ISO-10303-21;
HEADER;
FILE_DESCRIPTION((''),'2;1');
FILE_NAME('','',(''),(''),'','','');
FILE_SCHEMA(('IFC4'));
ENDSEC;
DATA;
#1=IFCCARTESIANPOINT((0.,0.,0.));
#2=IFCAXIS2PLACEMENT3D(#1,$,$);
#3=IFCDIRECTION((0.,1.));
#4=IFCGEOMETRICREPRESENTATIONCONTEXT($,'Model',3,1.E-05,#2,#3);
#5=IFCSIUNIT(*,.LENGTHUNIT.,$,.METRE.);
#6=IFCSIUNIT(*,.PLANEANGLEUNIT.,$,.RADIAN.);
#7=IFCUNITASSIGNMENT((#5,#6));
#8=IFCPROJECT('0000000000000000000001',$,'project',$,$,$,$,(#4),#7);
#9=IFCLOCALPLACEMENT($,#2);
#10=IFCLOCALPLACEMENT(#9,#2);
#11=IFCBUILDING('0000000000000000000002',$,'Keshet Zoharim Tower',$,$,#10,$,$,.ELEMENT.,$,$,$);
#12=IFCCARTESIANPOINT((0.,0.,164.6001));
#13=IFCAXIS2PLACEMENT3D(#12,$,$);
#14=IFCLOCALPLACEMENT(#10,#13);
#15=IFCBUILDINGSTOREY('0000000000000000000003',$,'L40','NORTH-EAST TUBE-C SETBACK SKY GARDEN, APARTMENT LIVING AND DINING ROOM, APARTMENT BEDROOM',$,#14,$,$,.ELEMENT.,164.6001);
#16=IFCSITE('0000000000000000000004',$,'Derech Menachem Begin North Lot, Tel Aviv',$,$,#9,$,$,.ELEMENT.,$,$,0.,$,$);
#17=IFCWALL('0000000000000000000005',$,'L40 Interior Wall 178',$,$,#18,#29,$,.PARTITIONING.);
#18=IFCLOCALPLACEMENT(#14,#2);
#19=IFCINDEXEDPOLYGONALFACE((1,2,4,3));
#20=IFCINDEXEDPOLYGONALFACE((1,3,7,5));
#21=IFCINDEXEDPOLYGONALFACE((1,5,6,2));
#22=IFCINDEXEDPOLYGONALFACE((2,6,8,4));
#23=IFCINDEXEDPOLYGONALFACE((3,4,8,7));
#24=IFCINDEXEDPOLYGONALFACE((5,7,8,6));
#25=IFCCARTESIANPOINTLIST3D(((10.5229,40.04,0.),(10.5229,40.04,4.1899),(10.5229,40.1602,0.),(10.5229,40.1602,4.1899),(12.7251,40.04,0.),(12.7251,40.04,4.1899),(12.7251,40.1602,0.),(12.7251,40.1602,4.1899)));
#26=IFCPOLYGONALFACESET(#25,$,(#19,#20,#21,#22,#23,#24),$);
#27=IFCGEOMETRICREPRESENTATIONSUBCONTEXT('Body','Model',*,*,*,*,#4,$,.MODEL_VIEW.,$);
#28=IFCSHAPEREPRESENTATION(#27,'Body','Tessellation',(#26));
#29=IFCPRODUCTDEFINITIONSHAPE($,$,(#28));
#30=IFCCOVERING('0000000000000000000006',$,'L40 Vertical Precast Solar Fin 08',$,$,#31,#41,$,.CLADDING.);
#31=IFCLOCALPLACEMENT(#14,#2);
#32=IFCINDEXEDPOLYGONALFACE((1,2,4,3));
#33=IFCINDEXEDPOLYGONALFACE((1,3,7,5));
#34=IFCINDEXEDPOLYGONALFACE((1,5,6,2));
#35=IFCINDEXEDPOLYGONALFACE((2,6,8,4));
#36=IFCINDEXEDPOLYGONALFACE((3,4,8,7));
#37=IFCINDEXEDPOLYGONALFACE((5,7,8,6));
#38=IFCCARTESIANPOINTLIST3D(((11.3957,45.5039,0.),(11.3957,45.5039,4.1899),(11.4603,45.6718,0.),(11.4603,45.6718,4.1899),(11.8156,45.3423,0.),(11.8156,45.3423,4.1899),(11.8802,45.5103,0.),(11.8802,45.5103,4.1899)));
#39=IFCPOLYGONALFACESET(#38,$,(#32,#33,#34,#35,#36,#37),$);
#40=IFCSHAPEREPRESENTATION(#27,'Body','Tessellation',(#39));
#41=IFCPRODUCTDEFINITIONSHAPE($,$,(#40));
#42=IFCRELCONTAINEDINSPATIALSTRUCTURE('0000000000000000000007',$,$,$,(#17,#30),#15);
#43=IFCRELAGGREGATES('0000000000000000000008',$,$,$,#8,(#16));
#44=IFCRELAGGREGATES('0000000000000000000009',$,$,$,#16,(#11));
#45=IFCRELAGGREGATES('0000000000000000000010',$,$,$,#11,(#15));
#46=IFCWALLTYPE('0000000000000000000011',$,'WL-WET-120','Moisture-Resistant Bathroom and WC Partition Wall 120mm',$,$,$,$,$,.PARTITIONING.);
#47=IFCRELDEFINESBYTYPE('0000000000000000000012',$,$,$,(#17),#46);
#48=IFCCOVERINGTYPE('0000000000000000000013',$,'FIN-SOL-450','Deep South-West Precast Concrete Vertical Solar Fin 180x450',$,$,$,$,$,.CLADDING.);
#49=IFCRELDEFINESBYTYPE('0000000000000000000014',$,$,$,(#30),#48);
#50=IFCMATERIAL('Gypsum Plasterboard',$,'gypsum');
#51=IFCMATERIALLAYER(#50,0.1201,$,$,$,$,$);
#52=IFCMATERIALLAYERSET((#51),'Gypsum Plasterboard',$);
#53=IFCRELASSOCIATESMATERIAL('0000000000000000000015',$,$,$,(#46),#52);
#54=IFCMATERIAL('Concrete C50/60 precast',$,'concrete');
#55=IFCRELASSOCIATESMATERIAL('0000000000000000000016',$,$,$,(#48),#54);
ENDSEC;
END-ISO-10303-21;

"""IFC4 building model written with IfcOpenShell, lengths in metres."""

from ifc_helpers import new_model, si_unit, direction, frame, frame_2d, origin, origin_2d, place, context, subcontext, project, spatial, rectangle, extrude, material, layer, layer_set, type_object, element, save


model = new_model("IFC4")

# Units and contexts
model_context = context("Model", 3, precision=1e-05, world=origin(), true_north=direction((0.0, 1.0)))
body_context = subcontext(model_context, "Body", "Model", "MODEL_VIEW")
ifc_project = project(units=[si_unit("LENGTHUNIT", "METRE"), si_unit("PLANEANGLEUNIT", "RADIAN")], contexts=[model_context])

# Site, building, storey
site_placement = place(None, origin())
site = spatial("IfcSite", under=ifc_project, at=site_placement, Name="Derech Menachem Begin North Lot, Tel Aviv", CompositionType="ELEMENT", RefElevation=0.0)
building_placement = place(site_placement, origin())
building = spatial("IfcBuilding", under=site, at=building_placement, Name="Keshet Zoharim Tower", CompositionType="ELEMENT")
storey_placement = place(building_placement, frame((0.0, 0.0, 164.6001)))
storey = spatial("IfcBuildingStorey", under=building, at=storey_placement, Name="L40", Description="NORTH-EAST TUBE-C SETBACK SKY GARDEN, APARTMENT LIVING AND DINING ROOM, APARTMENT BEDROOM", CompositionType="ELEMENT", Elevation=164.6001)

# Shared definitions
ifc_material_1 = material(Name="Gypsum Plasterboard", Category="gypsum")

# Wall
ifc_layer_1 = layer(ifc_material_1, 0.1201)
ifc_layer_set_1 = layer_set([ifc_layer_1], Name="Gypsum Plasterboard")
wall_type_1 = type_object("IfcWallType", Name="WL-WET-120", Description="Moisture-Resistant Bathroom and WC Partition Wall 120mm", PredefinedType="PARTITIONING", material=ifc_layer_set_1)
wall_1_placement = place(storey_placement, frame((10.5229, 40.1001, 0.0), z_axis=(0.0, 0.0, 1.0), x_axis=(1.0, 0.0, 0.0)))
element("IfcWall", 1, at=wall_1_placement, inside=storey, type_object=wall_type_1, Name="L40 Interior Wall 178", PredefinedType="PARTITIONING", context=body_context, shape_type="SweptSolid", body=[
    extrude(rectangle(XDim=2.2021, YDim=0.1201, at=frame_2d((1.1011, 0.0))), origin(), (0.0, 0.0, 1.0), 4.1899),
])

# Covering
ifc_material_2 = material(Name="Concrete C50/60 precast", Category="concrete")
covering_type = type_object("IfcCoveringType", Name="FIN-SOL-450", Description="Deep South-West Precast Concrete Vertical Solar Fin 180x450", PredefinedType="CLADDING", material=ifc_material_2)
covering_placement = place(storey_placement, frame((11.6379, 45.5071, 0.0), z_axis=(0.0, 0.0, 1.0), x_axis=(0.35899, 0.933341, 0.0)))
element("IfcCovering", 2, at=covering_placement, inside=storey, type_object=covering_type, Name="L40 Vertical Precast Solar Fin 08", PredefinedType="CLADDING", context=body_context, shape_type="SweptSolid", body=[
    extrude(rectangle(XDim=0.1799, YDim=0.45, at=origin_2d()), origin(), (0.0, 0.0, 1.0), 4.1899),
])

save(model, "model.ifc")
